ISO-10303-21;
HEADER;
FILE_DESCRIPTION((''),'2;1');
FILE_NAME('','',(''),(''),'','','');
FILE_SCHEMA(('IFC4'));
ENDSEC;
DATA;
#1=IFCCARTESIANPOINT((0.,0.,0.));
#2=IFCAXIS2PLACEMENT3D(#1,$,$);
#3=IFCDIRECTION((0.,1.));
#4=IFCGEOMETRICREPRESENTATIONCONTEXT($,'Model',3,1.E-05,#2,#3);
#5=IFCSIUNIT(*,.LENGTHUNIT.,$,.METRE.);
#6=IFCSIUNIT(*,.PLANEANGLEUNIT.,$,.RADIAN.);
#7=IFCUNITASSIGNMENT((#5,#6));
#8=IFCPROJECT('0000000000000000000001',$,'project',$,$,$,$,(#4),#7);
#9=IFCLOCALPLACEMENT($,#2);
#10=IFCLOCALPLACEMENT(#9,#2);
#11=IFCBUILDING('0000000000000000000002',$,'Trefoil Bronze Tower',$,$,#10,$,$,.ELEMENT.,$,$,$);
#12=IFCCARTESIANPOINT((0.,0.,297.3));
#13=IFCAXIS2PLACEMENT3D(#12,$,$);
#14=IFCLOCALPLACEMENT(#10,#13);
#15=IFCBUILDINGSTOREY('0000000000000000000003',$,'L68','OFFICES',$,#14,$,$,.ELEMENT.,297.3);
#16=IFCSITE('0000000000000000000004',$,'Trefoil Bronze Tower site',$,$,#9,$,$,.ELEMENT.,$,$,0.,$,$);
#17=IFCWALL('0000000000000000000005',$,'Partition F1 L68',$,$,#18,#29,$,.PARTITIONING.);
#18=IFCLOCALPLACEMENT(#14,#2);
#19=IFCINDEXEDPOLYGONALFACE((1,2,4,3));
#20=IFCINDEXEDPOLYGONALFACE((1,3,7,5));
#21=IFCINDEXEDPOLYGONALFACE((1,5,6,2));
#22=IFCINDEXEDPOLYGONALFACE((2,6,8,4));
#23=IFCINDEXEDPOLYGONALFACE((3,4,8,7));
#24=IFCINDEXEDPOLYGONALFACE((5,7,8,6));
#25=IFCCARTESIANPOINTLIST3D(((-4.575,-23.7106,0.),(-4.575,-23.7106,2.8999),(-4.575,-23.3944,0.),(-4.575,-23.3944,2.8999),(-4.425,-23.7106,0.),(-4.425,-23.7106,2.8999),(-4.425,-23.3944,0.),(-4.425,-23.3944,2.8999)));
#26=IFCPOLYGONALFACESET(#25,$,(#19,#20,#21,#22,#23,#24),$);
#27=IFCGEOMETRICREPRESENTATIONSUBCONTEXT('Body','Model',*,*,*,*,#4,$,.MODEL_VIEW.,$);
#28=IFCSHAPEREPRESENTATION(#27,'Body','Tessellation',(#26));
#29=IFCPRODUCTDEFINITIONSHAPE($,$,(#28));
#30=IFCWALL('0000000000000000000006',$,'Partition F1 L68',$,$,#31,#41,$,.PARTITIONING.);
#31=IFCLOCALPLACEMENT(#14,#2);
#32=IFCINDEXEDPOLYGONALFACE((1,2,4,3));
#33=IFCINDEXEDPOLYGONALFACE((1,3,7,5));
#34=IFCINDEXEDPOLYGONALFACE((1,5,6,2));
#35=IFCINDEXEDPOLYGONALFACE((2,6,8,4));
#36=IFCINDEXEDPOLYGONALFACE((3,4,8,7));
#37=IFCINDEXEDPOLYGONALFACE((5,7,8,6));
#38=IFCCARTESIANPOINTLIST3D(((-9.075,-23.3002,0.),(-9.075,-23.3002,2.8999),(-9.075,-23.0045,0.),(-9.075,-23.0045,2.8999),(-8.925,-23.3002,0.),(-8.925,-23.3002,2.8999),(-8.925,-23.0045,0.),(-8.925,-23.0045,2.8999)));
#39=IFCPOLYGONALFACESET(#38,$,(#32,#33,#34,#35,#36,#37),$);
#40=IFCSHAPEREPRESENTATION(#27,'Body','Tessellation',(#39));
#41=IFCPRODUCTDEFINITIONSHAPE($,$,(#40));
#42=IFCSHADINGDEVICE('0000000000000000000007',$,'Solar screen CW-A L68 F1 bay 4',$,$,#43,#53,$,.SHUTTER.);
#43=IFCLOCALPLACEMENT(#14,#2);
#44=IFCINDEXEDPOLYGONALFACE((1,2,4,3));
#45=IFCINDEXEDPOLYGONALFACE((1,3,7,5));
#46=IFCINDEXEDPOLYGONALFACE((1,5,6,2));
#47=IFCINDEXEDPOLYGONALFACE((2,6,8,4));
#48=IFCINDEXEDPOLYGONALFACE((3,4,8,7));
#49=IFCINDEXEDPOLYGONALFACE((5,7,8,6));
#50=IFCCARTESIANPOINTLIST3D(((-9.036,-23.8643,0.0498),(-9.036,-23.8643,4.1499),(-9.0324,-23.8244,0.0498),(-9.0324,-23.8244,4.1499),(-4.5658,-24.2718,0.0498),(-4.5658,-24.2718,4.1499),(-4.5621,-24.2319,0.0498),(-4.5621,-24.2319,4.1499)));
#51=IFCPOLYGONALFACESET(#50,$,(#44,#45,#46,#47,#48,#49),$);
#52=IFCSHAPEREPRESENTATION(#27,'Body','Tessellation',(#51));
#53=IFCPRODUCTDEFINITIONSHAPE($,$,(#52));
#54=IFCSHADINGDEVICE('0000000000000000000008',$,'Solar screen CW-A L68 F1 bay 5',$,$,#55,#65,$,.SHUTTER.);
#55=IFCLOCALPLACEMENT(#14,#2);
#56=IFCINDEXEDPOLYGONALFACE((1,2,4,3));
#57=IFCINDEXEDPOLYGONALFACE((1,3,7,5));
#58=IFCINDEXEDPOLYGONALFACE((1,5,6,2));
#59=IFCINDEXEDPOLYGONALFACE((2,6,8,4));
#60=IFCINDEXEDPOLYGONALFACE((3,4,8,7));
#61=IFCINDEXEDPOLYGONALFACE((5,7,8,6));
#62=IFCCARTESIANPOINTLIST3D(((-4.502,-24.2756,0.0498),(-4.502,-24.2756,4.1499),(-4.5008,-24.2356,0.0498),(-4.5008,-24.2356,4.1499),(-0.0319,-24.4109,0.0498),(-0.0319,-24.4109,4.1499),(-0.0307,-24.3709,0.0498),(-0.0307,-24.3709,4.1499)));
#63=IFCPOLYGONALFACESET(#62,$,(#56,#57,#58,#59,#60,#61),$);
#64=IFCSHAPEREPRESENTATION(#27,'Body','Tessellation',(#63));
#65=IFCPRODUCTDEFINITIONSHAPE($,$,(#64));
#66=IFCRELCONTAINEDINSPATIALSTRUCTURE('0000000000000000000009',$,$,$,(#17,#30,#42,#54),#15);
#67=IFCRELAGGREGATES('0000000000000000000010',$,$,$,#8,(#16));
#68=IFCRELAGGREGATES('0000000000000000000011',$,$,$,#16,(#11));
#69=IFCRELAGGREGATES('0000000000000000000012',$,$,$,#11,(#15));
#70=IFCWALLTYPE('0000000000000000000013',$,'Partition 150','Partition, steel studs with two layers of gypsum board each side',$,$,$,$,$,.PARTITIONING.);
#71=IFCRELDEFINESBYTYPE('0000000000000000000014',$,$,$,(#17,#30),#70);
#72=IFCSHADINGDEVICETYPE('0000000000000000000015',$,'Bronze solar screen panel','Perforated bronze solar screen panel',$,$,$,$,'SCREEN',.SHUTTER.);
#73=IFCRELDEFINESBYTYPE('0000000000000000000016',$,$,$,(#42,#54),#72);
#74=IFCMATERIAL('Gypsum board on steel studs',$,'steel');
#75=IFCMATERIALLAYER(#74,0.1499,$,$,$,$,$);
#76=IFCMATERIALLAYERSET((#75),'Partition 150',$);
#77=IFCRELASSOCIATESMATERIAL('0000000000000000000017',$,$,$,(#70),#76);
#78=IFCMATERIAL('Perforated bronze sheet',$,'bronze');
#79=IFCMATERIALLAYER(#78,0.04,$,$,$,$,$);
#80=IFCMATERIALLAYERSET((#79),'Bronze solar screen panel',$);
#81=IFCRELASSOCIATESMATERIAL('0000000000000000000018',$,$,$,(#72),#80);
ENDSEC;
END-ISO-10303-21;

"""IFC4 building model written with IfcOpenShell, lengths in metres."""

from ifc_helpers import new_model, si_unit, direction, frame, frame_2d, origin, origin_2d, place, context, subcontext, project, spatial, rectangle, extrude, material, layer, layer_set, type_object, element, save


model = new_model("IFC4")

# Units and contexts
model_context = context("Model", 3, precision=1e-05, world=origin(), true_north=direction((0.0, 1.0)))
body_context = subcontext(model_context, "Body", "Model", "MODEL_VIEW")
ifc_project = project(units=[si_unit("LENGTHUNIT", "METRE"), si_unit("PLANEANGLEUNIT", "RADIAN")], contexts=[model_context])

# Site, building, storey
site_placement = place(None, origin())
site = spatial("IfcSite", under=ifc_project, at=site_placement, Name="Trefoil Bronze Tower site", CompositionType="ELEMENT", RefElevation=0.0)
building_placement = place(site_placement, origin())
building = spatial("IfcBuilding", under=site, at=building_placement, Name="Trefoil Bronze Tower", CompositionType="ELEMENT")
storey_placement = place(building_placement, frame((0.0, 0.0, 297.3)))
storey = spatial("IfcBuildingStorey", under=building, at=storey_placement, Name="L68", Description="OFFICES", CompositionType="ELEMENT", Elevation=297.3)

# Walls
ifc_material_1 = material(Name="Gypsum board on steel studs", Category="steel")
ifc_layer_1 = layer(ifc_material_1, 0.1499)
ifc_layer_set_1 = layer_set([ifc_layer_1], Name="Partition 150")
wall_type_1 = type_object("IfcWallType", Name="Partition 150", Description="Partition, steel studs with two layers of gypsum board each side", PredefinedType="PARTITIONING", material=ifc_layer_set_1)
wall_1_placement = place(storey_placement, frame((-4.5, -23.3943, 0.0), z_axis=(0.0, 0.0, 1.0), x_axis=(0.0, -1.0, 0.0)))
element("IfcWall", 1, at=wall_1_placement, inside=storey, type_object=wall_type_1, Name="Partition F1 L68", PredefinedType="PARTITIONING", context=body_context, shape_type="SweptSolid", body=[
    extrude(rectangle(XDim=0.3162, YDim=0.1499, at=frame_2d((0.1582, 0.0))), origin(), (0.0, 0.0, 1.0), 2.8999),
])
wall_2_placement = place(storey_placement, frame((-9.0, -23.0044, 0.0), z_axis=(0.0, 0.0, 1.0), x_axis=(0.0, -1.0, 0.0)))
element("IfcWall", 2, at=wall_2_placement, inside=storey, type_object=wall_type_1, Name="Partition F1 L68", PredefinedType="PARTITIONING", context=body_context, shape_type="SweptSolid", body=[
    extrude(rectangle(XDim=0.2957, YDim=0.1499, at=frame_2d((0.1479, 0.0))), origin(), (0.0, 0.0, 1.0), 2.8999),
])

# Shading devices
ifc_material_2 = material(Name="Perforated bronze sheet", Category="bronze")
ifc_layer_2 = layer(ifc_material_2, 0.04)
ifc_layer_set_2 = layer_set([ifc_layer_2], Name="Bronze solar screen panel")
shading_device_type = type_object("IfcShadingDeviceType", Name="Bronze solar screen panel", Description="Perforated bronze solar screen panel", ElementType="SCREEN", PredefinedType="SHUTTER", material=ifc_layer_set_2)
shading_device_1_placement = place(storey_placement, frame((-6.7991, -24.0481, 0.0498), z_axis=(0.0, 0.0, 1.0), x_axis=(0.99587, -0.090789, 0.0)))
element("IfcShadingDevice", 3, at=shading_device_1_placement, inside=storey, type_object=shading_device_type, Name="Solar screen CW-A L68 F1 bay 4", PredefinedType="SHUTTER", context=body_context, shape_type="SweptSolid", body=[
    extrude(rectangle(XDim=4.4888, YDim=0.04, at=origin_2d()), origin(), (0.0, 0.0, 1.0), 4.1001),
])
shading_device_2_placement = place(storey_placement, frame((-2.2664, -24.3232, 0.0498), z_axis=(0.0, 0.0, 1.0), x_axis=(0.999542, -0.030263, 0.0)))
element("IfcShadingDevice", 4, at=shading_device_2_placement, inside=storey, type_object=shading_device_type, Name="Solar screen CW-A L68 F1 bay 5", PredefinedType="SHUTTER", context=body_context, shape_type="SweptSolid", body=[
    extrude(rectangle(XDim=4.4722, YDim=0.04, at=origin_2d()), origin(), (0.0, 0.0, 1.0), 4.1001),
])

save(model, "model.ifc")
